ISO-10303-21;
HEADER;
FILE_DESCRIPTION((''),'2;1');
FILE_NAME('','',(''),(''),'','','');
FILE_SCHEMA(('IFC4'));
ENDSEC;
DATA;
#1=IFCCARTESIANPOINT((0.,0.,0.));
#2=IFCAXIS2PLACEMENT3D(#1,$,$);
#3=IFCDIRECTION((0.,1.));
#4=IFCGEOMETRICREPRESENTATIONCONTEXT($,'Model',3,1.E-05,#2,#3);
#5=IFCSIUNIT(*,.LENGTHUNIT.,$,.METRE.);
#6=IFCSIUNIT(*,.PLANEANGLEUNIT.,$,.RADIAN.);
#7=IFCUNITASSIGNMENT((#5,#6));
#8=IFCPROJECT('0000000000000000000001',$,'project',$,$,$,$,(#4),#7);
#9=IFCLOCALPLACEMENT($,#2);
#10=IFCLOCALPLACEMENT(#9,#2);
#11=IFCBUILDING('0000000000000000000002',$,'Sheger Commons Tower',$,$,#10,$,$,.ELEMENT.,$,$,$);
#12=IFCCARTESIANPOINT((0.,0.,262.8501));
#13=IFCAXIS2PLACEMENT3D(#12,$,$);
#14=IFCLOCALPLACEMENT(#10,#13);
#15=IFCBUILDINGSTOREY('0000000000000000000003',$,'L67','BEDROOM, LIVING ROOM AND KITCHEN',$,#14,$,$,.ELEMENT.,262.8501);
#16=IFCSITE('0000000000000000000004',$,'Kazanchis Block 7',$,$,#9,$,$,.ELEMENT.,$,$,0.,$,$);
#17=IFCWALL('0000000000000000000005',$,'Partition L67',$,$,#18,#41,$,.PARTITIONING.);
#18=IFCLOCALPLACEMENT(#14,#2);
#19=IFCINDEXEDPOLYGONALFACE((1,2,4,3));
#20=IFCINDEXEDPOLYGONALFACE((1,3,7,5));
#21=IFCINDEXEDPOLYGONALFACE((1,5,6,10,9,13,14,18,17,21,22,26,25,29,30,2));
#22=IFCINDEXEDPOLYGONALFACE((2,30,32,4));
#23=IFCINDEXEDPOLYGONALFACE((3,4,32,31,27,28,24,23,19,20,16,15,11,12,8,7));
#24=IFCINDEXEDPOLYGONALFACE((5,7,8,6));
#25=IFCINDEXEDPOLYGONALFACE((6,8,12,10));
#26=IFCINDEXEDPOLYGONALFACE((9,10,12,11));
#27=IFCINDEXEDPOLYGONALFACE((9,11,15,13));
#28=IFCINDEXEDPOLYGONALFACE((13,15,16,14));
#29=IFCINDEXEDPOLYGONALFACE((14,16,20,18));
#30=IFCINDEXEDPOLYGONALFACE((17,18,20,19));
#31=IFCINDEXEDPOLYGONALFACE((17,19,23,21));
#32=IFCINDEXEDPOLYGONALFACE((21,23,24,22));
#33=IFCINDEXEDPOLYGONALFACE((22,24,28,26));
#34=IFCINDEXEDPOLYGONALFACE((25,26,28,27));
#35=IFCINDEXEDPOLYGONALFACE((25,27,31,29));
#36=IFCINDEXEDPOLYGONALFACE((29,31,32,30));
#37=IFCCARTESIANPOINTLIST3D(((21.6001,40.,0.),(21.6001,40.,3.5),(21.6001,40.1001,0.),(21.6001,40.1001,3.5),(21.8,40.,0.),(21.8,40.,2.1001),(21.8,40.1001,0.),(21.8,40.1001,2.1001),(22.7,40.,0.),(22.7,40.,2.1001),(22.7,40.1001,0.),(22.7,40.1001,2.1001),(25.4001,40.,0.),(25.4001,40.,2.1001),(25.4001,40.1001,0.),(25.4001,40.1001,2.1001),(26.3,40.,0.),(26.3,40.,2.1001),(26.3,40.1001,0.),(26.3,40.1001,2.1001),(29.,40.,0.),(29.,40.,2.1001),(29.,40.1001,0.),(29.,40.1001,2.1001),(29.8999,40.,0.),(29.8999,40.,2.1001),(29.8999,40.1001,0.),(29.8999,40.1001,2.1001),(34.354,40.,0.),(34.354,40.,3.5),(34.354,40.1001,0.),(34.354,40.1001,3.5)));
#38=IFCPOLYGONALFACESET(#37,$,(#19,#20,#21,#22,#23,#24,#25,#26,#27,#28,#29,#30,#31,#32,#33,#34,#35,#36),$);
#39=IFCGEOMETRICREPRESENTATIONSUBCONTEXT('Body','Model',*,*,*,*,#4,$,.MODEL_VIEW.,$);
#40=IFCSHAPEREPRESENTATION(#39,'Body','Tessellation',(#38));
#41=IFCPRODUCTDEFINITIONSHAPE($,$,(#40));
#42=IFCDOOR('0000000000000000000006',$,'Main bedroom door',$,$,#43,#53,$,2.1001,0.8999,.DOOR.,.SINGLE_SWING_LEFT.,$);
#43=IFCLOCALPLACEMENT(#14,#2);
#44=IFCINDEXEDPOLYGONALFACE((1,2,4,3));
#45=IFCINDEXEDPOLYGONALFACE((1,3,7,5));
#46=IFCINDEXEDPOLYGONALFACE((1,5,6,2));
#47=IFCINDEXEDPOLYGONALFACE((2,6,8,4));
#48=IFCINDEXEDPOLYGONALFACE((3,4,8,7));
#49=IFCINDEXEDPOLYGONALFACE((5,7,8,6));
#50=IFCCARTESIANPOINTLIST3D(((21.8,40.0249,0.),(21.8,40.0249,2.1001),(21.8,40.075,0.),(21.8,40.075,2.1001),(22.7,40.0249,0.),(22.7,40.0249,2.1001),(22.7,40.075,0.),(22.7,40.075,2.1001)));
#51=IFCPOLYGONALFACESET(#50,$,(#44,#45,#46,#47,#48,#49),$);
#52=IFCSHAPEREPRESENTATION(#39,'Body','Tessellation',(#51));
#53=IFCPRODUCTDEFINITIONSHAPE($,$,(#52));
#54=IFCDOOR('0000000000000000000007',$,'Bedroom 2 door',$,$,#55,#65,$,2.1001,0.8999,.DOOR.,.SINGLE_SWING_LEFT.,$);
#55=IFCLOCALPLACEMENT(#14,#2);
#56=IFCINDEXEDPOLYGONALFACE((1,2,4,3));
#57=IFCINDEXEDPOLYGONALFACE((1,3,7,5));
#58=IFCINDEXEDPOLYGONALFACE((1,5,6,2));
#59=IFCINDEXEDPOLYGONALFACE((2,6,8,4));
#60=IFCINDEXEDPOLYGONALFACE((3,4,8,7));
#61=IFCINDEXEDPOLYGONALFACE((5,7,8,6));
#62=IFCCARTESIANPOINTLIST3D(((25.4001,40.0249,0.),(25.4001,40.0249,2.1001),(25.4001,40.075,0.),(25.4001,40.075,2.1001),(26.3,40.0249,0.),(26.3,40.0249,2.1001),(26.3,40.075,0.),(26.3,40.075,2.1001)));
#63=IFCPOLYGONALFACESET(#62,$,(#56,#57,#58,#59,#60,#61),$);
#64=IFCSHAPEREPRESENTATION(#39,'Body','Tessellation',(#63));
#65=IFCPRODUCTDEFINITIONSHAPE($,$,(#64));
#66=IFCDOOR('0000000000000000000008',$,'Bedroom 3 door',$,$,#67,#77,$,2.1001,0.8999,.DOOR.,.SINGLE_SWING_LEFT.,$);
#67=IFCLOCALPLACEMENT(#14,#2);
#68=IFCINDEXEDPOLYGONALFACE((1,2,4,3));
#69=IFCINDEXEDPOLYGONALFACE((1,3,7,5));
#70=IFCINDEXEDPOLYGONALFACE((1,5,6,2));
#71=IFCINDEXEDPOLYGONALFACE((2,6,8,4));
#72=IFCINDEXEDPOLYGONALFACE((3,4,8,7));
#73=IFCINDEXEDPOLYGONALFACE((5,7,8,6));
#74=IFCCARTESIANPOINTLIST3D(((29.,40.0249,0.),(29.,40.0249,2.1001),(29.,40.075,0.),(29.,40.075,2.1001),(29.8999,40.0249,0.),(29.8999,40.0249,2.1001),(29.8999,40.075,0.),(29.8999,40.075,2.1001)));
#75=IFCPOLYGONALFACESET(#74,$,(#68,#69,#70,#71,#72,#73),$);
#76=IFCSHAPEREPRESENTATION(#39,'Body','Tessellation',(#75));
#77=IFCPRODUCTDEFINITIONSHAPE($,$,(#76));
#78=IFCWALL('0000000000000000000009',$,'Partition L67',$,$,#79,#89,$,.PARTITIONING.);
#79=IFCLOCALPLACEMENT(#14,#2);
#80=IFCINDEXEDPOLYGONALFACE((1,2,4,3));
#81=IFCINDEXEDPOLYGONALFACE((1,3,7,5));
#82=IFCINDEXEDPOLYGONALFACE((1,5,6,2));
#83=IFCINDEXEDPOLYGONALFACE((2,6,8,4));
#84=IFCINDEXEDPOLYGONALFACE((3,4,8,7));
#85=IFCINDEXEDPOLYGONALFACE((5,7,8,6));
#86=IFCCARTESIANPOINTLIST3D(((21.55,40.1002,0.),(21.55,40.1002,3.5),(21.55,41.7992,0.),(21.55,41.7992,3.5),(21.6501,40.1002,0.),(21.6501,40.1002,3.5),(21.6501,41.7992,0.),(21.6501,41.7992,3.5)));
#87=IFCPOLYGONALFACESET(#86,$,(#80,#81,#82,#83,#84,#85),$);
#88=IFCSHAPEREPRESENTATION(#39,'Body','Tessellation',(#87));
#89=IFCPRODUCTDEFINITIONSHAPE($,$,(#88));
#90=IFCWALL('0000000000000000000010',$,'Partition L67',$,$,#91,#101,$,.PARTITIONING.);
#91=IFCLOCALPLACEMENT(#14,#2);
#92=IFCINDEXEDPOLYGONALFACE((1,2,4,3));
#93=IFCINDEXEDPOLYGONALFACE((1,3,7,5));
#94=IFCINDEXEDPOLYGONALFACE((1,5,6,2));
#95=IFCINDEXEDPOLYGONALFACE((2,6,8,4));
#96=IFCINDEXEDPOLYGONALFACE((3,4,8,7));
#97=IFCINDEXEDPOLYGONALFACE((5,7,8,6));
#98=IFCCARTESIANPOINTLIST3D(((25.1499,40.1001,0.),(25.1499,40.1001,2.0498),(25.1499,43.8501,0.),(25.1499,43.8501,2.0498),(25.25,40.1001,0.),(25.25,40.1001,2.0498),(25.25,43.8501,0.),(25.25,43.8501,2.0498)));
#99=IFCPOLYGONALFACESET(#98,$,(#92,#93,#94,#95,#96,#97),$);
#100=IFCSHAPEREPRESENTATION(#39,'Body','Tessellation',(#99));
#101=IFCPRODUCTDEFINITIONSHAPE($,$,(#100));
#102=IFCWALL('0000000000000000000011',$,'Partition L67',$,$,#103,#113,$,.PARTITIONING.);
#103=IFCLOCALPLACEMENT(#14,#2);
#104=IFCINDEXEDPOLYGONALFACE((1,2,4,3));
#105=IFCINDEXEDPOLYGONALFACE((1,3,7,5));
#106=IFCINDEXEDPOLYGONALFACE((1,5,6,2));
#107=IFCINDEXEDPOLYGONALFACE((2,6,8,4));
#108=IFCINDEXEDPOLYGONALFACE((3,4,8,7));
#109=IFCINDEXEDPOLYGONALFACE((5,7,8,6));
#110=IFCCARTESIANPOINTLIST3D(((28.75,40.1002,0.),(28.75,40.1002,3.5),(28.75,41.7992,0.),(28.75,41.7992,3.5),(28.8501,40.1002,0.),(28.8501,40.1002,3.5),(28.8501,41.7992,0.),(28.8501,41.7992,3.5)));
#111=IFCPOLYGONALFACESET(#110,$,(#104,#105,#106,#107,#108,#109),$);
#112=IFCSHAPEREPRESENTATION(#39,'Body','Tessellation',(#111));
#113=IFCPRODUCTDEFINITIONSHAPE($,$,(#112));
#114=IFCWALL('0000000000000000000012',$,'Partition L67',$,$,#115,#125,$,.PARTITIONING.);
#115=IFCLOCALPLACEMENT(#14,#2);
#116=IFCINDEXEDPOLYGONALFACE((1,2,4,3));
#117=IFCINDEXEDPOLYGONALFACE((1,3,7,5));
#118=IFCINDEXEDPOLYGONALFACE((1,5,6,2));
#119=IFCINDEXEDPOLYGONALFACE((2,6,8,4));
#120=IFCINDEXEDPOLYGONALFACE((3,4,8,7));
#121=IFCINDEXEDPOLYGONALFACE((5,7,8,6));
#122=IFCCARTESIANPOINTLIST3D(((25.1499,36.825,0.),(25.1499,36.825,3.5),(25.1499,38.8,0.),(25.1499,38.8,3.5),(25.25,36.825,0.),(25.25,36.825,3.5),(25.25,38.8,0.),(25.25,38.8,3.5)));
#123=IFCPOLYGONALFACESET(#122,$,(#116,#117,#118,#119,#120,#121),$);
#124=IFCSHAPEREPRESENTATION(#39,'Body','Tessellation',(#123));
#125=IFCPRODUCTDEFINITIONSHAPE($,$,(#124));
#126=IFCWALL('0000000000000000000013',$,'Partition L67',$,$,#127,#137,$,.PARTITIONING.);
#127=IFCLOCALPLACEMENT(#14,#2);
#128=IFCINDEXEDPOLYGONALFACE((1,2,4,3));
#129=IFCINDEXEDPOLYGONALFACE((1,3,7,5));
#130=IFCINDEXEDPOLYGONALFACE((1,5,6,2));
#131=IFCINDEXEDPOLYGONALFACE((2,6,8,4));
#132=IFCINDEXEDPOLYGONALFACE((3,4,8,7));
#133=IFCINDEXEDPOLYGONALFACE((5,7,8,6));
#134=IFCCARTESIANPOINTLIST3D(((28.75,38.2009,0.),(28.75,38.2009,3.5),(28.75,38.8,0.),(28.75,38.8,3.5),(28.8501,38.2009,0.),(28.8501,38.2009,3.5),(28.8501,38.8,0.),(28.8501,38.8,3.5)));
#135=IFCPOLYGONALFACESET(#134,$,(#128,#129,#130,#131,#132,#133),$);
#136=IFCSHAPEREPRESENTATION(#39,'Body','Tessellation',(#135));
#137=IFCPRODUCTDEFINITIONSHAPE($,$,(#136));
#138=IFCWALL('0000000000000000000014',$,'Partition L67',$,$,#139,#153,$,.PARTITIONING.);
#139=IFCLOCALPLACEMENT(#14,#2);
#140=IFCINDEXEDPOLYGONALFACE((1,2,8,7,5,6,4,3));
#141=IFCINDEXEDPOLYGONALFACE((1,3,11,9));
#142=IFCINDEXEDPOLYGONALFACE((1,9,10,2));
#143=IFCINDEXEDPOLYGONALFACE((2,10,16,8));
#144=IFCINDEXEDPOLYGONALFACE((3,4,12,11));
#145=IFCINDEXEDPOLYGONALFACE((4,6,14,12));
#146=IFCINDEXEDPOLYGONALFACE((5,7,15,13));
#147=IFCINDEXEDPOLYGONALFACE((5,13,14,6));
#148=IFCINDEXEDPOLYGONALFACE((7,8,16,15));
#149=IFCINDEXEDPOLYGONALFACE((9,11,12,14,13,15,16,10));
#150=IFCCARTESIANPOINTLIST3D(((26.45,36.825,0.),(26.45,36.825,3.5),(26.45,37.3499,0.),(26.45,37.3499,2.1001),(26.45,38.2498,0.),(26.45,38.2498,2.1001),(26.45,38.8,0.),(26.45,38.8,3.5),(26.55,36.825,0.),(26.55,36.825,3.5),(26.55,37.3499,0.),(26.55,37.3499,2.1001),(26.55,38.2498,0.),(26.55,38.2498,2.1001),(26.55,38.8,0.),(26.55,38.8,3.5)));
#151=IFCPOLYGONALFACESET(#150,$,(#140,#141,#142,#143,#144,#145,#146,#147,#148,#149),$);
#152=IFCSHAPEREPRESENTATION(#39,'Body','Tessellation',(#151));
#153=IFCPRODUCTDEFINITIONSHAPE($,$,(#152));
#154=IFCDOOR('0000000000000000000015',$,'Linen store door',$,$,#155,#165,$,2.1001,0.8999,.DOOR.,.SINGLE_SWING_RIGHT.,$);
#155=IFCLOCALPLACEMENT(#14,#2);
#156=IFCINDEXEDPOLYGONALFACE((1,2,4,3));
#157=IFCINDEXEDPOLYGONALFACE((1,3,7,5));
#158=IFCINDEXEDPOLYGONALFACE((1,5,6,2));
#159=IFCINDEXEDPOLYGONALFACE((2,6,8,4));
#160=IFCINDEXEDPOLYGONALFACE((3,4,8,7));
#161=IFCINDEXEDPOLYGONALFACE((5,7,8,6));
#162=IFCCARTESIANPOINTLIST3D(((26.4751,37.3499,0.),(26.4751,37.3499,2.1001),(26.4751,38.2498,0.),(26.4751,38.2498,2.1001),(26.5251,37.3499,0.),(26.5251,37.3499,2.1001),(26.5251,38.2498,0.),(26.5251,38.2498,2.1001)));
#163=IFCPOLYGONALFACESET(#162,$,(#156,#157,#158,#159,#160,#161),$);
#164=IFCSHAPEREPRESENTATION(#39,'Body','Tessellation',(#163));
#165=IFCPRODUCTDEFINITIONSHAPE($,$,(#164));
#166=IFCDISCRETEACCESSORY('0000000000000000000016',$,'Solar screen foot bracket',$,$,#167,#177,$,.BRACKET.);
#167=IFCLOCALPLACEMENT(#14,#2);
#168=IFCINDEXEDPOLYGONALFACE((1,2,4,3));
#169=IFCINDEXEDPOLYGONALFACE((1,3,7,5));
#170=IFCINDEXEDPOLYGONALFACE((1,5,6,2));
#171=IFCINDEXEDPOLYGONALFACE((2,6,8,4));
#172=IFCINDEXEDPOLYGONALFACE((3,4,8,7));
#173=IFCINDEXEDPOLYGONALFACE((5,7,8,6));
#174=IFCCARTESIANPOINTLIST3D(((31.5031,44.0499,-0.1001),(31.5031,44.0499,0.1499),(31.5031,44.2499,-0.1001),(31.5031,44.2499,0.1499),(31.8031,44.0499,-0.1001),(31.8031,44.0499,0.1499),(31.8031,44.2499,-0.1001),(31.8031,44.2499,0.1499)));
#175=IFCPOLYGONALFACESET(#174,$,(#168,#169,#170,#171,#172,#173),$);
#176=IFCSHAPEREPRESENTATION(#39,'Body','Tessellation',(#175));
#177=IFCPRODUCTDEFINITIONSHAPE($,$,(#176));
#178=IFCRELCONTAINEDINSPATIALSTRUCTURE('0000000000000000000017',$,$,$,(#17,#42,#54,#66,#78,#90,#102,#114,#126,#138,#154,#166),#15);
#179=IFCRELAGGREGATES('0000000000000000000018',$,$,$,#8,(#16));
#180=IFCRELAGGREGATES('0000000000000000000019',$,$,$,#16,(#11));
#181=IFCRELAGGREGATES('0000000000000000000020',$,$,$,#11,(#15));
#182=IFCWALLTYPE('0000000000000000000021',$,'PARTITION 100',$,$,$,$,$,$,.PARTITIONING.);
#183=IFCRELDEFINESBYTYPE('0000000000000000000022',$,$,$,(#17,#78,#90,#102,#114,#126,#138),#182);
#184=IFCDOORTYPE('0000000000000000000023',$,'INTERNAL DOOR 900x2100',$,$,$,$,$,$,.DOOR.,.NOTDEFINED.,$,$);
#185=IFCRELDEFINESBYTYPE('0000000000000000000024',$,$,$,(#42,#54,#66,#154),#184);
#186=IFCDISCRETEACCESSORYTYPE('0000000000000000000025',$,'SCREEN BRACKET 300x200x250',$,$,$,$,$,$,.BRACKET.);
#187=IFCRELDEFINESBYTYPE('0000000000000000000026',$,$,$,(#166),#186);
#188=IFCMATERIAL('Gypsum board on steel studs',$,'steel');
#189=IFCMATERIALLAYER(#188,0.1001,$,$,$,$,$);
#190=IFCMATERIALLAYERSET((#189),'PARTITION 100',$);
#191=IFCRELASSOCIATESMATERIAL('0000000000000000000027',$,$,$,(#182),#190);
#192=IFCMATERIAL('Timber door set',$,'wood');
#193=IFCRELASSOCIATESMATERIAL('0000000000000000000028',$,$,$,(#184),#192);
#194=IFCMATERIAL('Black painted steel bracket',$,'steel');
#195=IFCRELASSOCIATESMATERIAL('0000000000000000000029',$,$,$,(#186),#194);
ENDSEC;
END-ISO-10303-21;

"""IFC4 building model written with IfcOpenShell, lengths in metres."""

from ifc_helpers import new_model, si_unit, direction, frame, frame_2d, origin, origin_2d, place, context, subcontext, project, spatial, rectangle, extrude, material, layer, layer_set, type_object, element, fill, save


model = new_model("IFC4")

# Units and contexts
model_context = context("Model", 3, precision=1e-05, world=origin(), true_north=direction((0.0, 1.0)))
body_context = subcontext(model_context, "Body", "Model", "MODEL_VIEW")
ifc_project = project(units=[si_unit("LENGTHUNIT", "METRE"), si_unit("PLANEANGLEUNIT", "RADIAN")], contexts=[model_context])

# Site, building, storey
site_placement = place(None, origin())
site = spatial("IfcSite", under=ifc_project, at=site_placement, Name="Kazanchis Block 7", CompositionType="ELEMENT", RefElevation=0.0)
building_placement = place(site_placement, origin())
building = spatial("IfcBuilding", under=site, at=building_placement, Name="Sheger Commons Tower", CompositionType="ELEMENT")
storey_placement = place(building_placement, frame((0.0, 0.0, 262.8501)))
storey = spatial("IfcBuildingStorey", under=building, at=storey_placement, Name="L67", Description="BEDROOM, LIVING ROOM AND KITCHEN", CompositionType="ELEMENT", Elevation=262.8501)

# Wall, openings, doors
ifc_material_1 = material(Name="Gypsum board on steel studs", Category="steel")
ifc_layer_1 = layer(ifc_material_1, 0.1001)
ifc_layer_set_1 = layer_set([ifc_layer_1], Name="PARTITION 100")
wall_type_1 = type_object("IfcWallType", Name="PARTITION 100", PredefinedType="PARTITIONING", material=ifc_layer_set_1)
wall_1_placement = place(storey_placement, frame((21.6001, 40.05, 0.0), z_axis=(0.0, 0.0, 1.0), x_axis=(1.0, 0.0, 0.0)))
wall_1 = element("IfcWall", 1, at=wall_1_placement, inside=storey, type_object=wall_type_1, Name="Partition L67", PredefinedType="PARTITIONING", context=body_context, shape_type="SweptSolid", body=[
    extrude(rectangle(XDim=12.7539, YDim=0.1001, at=frame_2d((6.377, 0.0))), origin(), (0.0, 0.0, 1.0), 3.5),
])
opening_1_placement = place(wall_1_placement, frame((0.2, 0.0, 0.0)))
opening_1 = element("IfcOpeningElement", 2, at=opening_1_placement, cuts=wall_1, PredefinedType="OPENING", context=body_context, shape_type="SweptSolid", body=[
    extrude(rectangle(XDim=0.8999, YDim=2.1001, at=frame_2d((0.45, 1.05))), frame((0.0, 0.0601, 0.0), z_axis=(0.0, -1.0, 0.0), x_axis=(1.0, 0.0, 0.0)), (0.0, 0.0, 1.0), 0.1201),
])
opening_2_placement = place(wall_1_placement, frame((3.8, 0.0, 0.0)))
opening_2 = element("IfcOpeningElement", 3, at=opening_2_placement, cuts=wall_1, PredefinedType="OPENING", context=body_context, shape_type="SweptSolid", body=[
    extrude(rectangle(XDim=0.8999, YDim=2.1001, at=frame_2d((0.45, 1.05))), frame((0.0, 0.0601, 0.0), z_axis=(0.0, -1.0, 0.0), x_axis=(1.0, 0.0, 0.0)), (0.0, 0.0, 1.0), 0.1201),
])
opening_3_placement = place(wall_1_placement, frame((7.3999, 0.0, 0.0)))
opening_3 = element("IfcOpeningElement", 4, at=opening_3_placement, cuts=wall_1, PredefinedType="OPENING", context=body_context, shape_type="SweptSolid", body=[
    extrude(rectangle(XDim=0.8999, YDim=2.1001, at=frame_2d((0.45, 1.05))), frame((0.0, 0.0601, 0.0), z_axis=(0.0, -1.0, 0.0), x_axis=(1.0, 0.0, 0.0)), (0.0, 0.0, 1.0), 0.1201),
])
ifc_material_2 = material(Name="Timber door set", Category="wood")
door_type = type_object("IfcDoorType", Name="INTERNAL DOOR 900x2100", OperationType="NOTDEFINED", PredefinedType="DOOR", material=ifc_material_2)
door_1_placement = place(opening_1_placement, origin())
door_1 = element("IfcDoor", 5, at=door_1_placement, inside=storey, type_object=door_type, Name="Main bedroom door", OperationType="SINGLE_SWING_LEFT", OverallHeight=2.1001, OverallWidth=0.8999, PredefinedType="DOOR", context=body_context, shape_type="SweptSolid", body=[
    extrude(rectangle(XDim=0.8999, YDim=2.1001, at=frame_2d((0.45, 1.05))), frame((0.0, 0.0249, 0.0), z_axis=(0.0, -1.0, 0.0), x_axis=(1.0, 0.0, 0.0)), (0.0, 0.0, 1.0), 0.05),
])
fill(opening_1, door_1)
door_2_placement = place(opening_2_placement, origin())
door_2 = element("IfcDoor", 6, at=door_2_placement, inside=storey, type_object=door_type, Name="Bedroom 2 door", OperationType="SINGLE_SWING_LEFT", OverallHeight=2.1001, OverallWidth=0.8999, PredefinedType="DOOR", context=body_context, shape_type="SweptSolid", body=[
    extrude(rectangle(XDim=0.8999, YDim=2.1001, at=frame_2d((0.45, 1.05))), frame((0.0, 0.0249, 0.0), z_axis=(0.0, -1.0, 0.0), x_axis=(1.0, 0.0, 0.0)), (0.0, 0.0, 1.0), 0.05),
])
fill(opening_2, door_2)
door_3_placement = place(opening_3_placement, origin())
door_3 = element("IfcDoor", 7, at=door_3_placement, inside=storey, type_object=door_type, Name="Bedroom 3 door", OperationType="SINGLE_SWING_LEFT", OverallHeight=2.1001, OverallWidth=0.8999, PredefinedType="DOOR", context=body_context, shape_type="SweptSolid", body=[
    extrude(rectangle(XDim=0.8999, YDim=2.1001, at=frame_2d((0.45, 1.05))), frame((0.0, 0.0249, 0.0), z_axis=(0.0, -1.0, 0.0), x_axis=(1.0, 0.0, 0.0)), (0.0, 0.0, 1.0), 0.05),
])
fill(opening_3, door_3)

# Walls
wall_2_placement = place(storey_placement, frame((21.6001, 40.1001, 0.0), z_axis=(0.0, 0.0, 1.0), x_axis=(0.0, 1.0, 0.0)))
element("IfcWall", 8, at=wall_2_placement, inside=storey, type_object=wall_type_1, Name="Partition L67", PredefinedType="PARTITIONING", context=body_context, shape_type="SweptSolid", body=[
    extrude(rectangle(XDim=1.699, YDim=0.1001, at=frame_2d((0.8496, 0.0))), origin(), (0.0, 0.0, 1.0), 3.5),
])
wall_3_placement = place(storey_placement, frame((25.2, 40.1001, 0.0), z_axis=(0.0, 0.0, 1.0), x_axis=(0.0, 1.0, 0.0)))
element("IfcWall", 9, at=wall_3_placement, inside=storey, type_object=wall_type_1, Name="Partition L67", PredefinedType="PARTITIONING", context=body_context, shape_type="SweptSolid", body=[
    extrude(rectangle(XDim=3.75, YDim=0.1001, at=frame_2d((1.875, 0.0))), origin(), (0.0, 0.0, 1.0), 2.0498),
])
wall_4_placement = place(storey_placement, frame((28.8, 40.1001, 0.0), z_axis=(0.0, 0.0, 1.0), x_axis=(0.0, 1.0, 0.0)))
element("IfcWall", 10, at=wall_4_placement, inside=storey, type_object=wall_type_1, Name="Partition L67", PredefinedType="PARTITIONING", context=body_context, shape_type="SweptSolid", body=[
    extrude(rectangle(XDim=1.699, YDim=0.1001, at=frame_2d((0.8496, 0.0))), origin(), (0.0, 0.0, 1.0), 3.5),
])
wall_5_placement = place(storey_placement, frame((25.2, 36.825, 0.0), z_axis=(0.0, 0.0, 1.0), x_axis=(0.0, 1.0, 0.0)))
element("IfcWall", 11, at=wall_5_placement, inside=storey, type_object=wall_type_1, Name="Partition L67", PredefinedType="PARTITIONING", context=body_context, shape_type="SweptSolid", body=[
    extrude(rectangle(XDim=1.9751, YDim=0.1001, at=frame_2d((0.9875, 0.0))), origin(), (0.0, 0.0, 1.0), 3.5),
])
wall_6_placement = place(storey_placement, frame((28.8, 38.2009, 0.0), z_axis=(0.0, 0.0, 1.0), x_axis=(0.0, 1.0, 0.0)))
element("IfcWall", 12, at=wall_6_placement, inside=storey, type_object=wall_type_1, Name="Partition L67", PredefinedType="PARTITIONING", context=body_context, shape_type="SweptSolid", body=[
    extrude(rectangle(XDim=0.5991, YDim=0.1001, at=frame_2d((0.2996, 0.0))), origin(), (0.0, 0.0, 1.0), 3.5),
])

# Wall, opening, door
wall_7_placement = place(storey_placement, frame((26.5, 36.825, 0.0), z_axis=(0.0, 0.0, 1.0), x_axis=(0.0, 1.0, 0.0)))
wall_7 = element("IfcWall", 13, at=wall_7_placement, inside=storey, type_object=wall_type_1, Name="Partition L67", PredefinedType="PARTITIONING", context=body_context, shape_type="SweptSolid", body=[
    extrude(rectangle(XDim=1.9751, YDim=0.1001, at=frame_2d((0.9875, 0.0))), origin(), (0.0, 0.0, 1.0), 3.5),
])
opening_4_placement = place(wall_7_placement, frame((0.5249, 0.0, 0.0)))
opening_4 = element("IfcOpeningElement", 14, at=opening_4_placement, cuts=wall_7, PredefinedType="OPENING", context=body_context, shape_type="SweptSolid", body=[
    extrude(rectangle(XDim=0.8999, YDim=2.1001, at=frame_2d((0.45, 1.05))), frame((0.0, 0.0601, 0.0), z_axis=(0.0, -1.0, 0.0), x_axis=(1.0, 0.0, 0.0)), (0.0, 0.0, 1.0), 0.1201),
])
door_4_placement = place(opening_4_placement, origin())
door_4 = element("IfcDoor", 15, at=door_4_placement, inside=storey, type_object=door_type, Name="Linen store door", OperationType="SINGLE_SWING_RIGHT", OverallHeight=2.1001, OverallWidth=0.8999, PredefinedType="DOOR", context=body_context, shape_type="SweptSolid", body=[
    extrude(rectangle(XDim=0.8999, YDim=2.1001, at=frame_2d((0.45, 1.05))), frame((0.0, 0.0249, 0.0), z_axis=(0.0, -1.0, 0.0), x_axis=(1.0, 0.0, 0.0)), (0.0, 0.0, 1.0), 0.05),
])
fill(opening_4, door_4)

# Discrete accessory
ifc_material_3 = material(Name="Black painted steel bracket", Category="steel")
discrete_accessory_type = type_object("IfcDiscreteAccessoryType", Name="SCREEN BRACKET 300x200x250", PredefinedType="BRACKET", material=ifc_material_3)
for number, where, z_axis, x_axis, name in (
    (16, (31.6531, 44.1499, -0.1001), (0.0, 0.0, 1.0), (-1.0, 0.0, 0.0), "Solar screen foot bracket"),
):
    element("IfcDiscreteAccessory", number, at=place(storey_placement, frame(where, z_axis=z_axis, x_axis=x_axis)), inside=storey, type_object=discrete_accessory_type, Name=name, PredefinedType="BRACKET", context=body_context, shape_type="SweptSolid", body=[
        extrude(rectangle(XDim=0.3, YDim=0.2, at=origin_2d()), origin(), (0.0, 0.0, 1.0), 0.25),
    ])

save(model, "model.ifc")
